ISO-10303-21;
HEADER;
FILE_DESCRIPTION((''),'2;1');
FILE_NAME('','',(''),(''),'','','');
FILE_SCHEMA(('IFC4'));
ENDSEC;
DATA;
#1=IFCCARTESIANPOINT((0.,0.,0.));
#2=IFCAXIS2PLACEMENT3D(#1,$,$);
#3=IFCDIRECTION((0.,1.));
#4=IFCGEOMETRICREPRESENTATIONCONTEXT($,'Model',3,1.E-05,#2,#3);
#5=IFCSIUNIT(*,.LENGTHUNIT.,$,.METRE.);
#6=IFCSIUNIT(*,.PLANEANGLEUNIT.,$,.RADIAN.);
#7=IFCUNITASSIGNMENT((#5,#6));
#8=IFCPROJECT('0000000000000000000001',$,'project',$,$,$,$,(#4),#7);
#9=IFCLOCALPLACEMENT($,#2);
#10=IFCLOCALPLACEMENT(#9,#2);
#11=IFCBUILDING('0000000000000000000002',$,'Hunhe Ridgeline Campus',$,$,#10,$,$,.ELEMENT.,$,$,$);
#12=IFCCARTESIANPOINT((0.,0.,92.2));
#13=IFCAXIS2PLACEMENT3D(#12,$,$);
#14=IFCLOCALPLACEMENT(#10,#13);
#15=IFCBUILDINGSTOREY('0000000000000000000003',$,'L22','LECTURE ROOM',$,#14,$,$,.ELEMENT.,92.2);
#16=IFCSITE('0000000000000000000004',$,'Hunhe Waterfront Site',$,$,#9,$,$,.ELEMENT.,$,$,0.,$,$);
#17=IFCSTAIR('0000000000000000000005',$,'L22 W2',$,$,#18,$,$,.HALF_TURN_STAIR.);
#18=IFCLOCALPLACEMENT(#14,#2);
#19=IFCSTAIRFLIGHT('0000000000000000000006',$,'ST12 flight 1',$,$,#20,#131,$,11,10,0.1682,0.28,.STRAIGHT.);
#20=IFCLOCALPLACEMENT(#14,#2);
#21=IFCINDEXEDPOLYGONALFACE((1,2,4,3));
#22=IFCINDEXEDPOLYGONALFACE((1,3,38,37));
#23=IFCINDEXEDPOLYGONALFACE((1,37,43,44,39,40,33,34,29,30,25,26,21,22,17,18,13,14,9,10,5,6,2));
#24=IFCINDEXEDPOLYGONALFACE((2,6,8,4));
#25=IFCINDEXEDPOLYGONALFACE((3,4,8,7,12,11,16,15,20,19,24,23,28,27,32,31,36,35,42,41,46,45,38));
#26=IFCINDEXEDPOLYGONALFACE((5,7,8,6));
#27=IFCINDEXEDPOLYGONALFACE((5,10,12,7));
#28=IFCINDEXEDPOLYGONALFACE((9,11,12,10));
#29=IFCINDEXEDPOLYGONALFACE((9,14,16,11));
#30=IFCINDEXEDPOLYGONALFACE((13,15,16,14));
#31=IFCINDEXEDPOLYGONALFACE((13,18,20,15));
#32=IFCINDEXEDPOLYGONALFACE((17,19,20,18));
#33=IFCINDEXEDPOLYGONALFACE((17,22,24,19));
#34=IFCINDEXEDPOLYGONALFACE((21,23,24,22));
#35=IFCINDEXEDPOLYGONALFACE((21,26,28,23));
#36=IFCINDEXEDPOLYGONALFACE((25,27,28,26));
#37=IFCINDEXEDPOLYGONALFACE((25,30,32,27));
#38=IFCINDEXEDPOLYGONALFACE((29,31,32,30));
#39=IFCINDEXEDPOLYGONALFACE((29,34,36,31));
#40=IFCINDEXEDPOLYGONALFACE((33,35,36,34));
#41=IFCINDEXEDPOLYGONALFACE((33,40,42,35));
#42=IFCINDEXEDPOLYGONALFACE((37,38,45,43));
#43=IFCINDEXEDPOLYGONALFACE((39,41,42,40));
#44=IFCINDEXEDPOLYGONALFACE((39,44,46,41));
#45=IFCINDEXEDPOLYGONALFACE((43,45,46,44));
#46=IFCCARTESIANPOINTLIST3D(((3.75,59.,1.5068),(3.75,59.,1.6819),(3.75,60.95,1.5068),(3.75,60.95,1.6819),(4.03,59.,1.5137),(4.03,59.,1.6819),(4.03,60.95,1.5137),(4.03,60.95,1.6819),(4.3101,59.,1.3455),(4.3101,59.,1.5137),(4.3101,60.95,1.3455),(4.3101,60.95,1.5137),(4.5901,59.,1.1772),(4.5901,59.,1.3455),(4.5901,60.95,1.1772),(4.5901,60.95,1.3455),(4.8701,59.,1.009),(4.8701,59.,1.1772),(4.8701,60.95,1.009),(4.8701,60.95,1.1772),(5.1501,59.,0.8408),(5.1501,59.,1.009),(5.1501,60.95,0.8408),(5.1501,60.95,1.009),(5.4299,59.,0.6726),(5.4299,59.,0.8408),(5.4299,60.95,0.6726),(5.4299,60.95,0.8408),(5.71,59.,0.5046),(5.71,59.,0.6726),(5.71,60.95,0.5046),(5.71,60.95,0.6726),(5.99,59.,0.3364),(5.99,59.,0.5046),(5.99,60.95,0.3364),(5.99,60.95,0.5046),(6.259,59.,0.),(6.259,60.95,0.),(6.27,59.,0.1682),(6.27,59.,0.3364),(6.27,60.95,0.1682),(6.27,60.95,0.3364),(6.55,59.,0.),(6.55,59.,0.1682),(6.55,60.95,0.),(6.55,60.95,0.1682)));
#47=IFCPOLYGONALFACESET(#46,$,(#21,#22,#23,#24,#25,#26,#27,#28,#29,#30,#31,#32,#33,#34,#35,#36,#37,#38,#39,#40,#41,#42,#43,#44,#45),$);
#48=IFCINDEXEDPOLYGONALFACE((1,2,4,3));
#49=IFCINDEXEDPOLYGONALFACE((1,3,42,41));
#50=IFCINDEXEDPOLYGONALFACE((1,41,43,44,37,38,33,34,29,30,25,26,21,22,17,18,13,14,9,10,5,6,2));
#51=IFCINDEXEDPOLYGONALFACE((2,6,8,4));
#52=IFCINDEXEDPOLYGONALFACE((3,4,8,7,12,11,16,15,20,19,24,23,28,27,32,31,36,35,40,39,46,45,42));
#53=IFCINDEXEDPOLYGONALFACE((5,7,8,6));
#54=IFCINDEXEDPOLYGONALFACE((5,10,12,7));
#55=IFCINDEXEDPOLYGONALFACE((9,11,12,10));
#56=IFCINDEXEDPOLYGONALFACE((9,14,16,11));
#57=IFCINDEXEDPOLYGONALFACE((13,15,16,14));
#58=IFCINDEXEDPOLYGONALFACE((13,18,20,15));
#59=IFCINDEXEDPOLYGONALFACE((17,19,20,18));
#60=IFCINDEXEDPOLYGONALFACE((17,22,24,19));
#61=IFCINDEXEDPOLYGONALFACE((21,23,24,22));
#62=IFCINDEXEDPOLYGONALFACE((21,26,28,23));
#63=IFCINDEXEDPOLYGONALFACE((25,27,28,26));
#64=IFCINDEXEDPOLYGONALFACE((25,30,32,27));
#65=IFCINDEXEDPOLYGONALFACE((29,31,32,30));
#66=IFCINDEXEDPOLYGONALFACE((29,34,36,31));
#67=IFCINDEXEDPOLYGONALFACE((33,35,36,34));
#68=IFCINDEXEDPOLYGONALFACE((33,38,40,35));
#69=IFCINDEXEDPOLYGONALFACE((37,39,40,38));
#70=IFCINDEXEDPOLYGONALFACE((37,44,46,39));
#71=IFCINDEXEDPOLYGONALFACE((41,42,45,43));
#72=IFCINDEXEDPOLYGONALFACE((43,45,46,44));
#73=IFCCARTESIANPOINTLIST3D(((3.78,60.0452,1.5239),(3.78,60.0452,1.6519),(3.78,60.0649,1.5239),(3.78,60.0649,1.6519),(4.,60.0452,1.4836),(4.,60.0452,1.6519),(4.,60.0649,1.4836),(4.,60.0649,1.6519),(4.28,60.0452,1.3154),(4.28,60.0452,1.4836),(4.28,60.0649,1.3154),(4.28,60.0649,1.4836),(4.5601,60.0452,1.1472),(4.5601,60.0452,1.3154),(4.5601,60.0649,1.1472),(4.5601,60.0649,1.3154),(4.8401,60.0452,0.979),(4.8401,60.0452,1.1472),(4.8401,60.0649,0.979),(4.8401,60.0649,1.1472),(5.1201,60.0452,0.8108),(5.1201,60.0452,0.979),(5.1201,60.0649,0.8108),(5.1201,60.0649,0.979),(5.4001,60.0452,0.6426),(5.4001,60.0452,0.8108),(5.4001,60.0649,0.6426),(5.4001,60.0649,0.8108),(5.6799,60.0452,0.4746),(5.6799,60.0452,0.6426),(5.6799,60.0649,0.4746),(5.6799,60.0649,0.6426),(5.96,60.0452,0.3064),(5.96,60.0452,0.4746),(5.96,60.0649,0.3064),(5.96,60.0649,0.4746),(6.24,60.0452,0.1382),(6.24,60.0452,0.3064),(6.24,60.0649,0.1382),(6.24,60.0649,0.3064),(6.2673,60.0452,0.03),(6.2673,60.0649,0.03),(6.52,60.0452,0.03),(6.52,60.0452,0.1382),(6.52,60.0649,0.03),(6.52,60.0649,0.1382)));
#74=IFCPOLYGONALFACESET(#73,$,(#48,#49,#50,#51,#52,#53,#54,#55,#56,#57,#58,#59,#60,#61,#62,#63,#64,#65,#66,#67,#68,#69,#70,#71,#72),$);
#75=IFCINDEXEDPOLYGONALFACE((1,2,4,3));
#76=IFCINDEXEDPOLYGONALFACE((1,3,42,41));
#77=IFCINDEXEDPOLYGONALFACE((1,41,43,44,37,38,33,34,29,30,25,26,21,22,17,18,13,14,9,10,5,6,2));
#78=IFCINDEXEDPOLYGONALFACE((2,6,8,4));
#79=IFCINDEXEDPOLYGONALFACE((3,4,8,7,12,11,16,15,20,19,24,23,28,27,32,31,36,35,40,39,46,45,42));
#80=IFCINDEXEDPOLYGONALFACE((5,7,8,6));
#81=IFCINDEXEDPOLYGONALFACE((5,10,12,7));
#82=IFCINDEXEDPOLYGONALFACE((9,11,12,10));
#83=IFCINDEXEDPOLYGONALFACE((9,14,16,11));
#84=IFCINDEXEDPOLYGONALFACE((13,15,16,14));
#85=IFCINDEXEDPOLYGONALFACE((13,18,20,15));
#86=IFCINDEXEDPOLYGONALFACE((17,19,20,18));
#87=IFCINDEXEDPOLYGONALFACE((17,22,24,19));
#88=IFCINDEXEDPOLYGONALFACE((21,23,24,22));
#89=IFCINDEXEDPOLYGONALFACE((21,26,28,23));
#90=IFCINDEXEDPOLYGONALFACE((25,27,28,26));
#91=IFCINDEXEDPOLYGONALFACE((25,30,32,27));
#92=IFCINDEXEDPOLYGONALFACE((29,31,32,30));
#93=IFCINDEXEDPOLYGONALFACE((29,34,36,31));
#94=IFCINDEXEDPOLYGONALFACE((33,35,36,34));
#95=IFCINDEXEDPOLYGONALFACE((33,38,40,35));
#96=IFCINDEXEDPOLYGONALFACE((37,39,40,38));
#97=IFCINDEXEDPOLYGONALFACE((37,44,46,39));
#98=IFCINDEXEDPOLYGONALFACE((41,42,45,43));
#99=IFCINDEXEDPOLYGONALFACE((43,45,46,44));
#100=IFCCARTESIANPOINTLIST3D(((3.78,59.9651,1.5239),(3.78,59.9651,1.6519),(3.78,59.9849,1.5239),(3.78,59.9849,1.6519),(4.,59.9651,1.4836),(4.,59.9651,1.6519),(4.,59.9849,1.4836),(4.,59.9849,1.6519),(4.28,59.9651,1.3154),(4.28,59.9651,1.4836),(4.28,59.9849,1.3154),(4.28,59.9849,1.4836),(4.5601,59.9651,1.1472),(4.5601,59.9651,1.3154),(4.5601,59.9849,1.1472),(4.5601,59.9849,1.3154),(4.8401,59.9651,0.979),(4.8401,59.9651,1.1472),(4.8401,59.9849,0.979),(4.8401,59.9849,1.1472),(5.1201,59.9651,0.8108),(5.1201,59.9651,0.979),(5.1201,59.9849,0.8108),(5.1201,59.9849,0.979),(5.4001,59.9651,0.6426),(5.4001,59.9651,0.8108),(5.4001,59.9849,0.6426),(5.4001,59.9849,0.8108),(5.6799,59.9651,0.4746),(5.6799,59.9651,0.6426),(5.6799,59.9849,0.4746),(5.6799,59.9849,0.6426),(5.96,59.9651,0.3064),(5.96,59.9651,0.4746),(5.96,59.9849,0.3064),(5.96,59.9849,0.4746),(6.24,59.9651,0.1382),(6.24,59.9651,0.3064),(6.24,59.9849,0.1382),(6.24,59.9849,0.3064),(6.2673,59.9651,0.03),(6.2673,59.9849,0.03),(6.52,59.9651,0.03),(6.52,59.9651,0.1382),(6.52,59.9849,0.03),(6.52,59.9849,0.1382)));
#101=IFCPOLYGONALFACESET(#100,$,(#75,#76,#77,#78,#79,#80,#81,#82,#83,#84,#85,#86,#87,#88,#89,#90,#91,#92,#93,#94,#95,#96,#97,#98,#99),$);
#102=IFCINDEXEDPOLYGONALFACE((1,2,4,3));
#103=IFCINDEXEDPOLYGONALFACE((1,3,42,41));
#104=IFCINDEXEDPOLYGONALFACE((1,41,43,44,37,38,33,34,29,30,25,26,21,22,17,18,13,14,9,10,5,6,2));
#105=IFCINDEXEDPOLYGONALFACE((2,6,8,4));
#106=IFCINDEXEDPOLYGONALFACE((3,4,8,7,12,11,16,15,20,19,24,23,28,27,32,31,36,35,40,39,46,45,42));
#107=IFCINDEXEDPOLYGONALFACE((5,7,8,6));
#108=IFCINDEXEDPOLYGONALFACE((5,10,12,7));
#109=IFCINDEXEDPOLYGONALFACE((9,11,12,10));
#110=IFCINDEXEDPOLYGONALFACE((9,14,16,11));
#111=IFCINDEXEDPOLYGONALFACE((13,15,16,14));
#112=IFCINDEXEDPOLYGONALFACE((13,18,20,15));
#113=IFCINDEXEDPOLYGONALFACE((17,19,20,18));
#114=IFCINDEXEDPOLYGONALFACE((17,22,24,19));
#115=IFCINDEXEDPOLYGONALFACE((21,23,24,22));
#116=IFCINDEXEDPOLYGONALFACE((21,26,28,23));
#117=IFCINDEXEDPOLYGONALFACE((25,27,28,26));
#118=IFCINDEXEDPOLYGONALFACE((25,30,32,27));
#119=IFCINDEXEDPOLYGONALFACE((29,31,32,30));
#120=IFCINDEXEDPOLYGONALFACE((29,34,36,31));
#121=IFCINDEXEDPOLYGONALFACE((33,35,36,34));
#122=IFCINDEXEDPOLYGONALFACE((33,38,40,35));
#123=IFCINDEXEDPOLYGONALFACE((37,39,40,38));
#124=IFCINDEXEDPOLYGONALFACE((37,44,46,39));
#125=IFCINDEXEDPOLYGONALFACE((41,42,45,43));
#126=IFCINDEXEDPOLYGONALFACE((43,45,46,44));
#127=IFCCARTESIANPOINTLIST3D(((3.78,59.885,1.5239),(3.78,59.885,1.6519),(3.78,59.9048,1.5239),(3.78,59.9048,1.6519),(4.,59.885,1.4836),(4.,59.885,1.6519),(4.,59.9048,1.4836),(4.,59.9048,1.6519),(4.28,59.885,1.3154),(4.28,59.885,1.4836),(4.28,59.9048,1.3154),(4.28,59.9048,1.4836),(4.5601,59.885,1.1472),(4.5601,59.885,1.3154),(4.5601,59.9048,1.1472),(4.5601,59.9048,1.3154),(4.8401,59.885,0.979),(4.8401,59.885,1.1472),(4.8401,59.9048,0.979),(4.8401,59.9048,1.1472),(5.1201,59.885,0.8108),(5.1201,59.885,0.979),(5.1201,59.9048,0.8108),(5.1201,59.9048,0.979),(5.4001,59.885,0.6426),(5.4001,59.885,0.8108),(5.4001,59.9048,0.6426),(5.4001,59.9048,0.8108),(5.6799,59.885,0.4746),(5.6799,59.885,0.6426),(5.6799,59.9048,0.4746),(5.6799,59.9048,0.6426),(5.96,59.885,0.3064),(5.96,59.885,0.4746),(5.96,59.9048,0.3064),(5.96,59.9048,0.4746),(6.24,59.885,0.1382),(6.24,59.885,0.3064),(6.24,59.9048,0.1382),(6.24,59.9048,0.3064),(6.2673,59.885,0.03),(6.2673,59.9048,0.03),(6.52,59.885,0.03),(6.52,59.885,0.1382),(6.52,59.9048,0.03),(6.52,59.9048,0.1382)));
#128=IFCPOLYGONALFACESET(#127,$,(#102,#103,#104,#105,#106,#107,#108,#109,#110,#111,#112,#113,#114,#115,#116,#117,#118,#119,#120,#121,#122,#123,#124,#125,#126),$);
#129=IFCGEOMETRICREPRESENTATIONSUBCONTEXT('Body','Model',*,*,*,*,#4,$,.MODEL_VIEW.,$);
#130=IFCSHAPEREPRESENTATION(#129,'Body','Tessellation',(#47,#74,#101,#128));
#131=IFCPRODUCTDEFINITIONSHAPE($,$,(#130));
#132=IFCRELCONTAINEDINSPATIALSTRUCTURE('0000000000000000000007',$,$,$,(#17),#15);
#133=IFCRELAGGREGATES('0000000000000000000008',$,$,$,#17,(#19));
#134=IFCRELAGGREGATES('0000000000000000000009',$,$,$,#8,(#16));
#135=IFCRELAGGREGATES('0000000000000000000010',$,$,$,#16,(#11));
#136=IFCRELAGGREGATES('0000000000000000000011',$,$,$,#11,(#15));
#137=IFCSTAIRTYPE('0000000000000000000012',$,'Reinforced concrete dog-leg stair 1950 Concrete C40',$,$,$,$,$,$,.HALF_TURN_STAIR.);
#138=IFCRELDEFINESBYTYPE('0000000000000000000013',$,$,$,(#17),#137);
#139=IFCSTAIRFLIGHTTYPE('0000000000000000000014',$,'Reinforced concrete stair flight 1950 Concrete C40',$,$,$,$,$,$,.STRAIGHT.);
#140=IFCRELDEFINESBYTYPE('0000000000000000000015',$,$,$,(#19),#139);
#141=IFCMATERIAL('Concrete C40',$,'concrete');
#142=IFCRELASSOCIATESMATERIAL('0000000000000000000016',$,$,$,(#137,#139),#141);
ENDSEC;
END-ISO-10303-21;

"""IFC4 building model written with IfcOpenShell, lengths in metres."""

from ifc_helpers import new_model, si_unit, direction, frame, origin, place, context, subcontext, project, spatial, polyline, outline, extrude, material, type_object, element, aggregate, save


model = new_model("IFC4")

# Units and contexts
model_context = context("Model", 3, precision=1e-05, world=origin(), true_north=direction((0.0, 1.0)))
body_context = subcontext(model_context, "Body", "Model", "MODEL_VIEW")
ifc_project = project(units=[si_unit("LENGTHUNIT", "METRE"), si_unit("PLANEANGLEUNIT", "RADIAN")], contexts=[model_context])

# Site, building, storey
site_placement = place(None, origin())
site = spatial("IfcSite", under=ifc_project, at=site_placement, Name="Hunhe Waterfront Site", CompositionType="ELEMENT", RefElevation=0.0)
building_placement = place(site_placement, origin())
building = spatial("IfcBuilding", under=site, at=building_placement, Name="Hunhe Ridgeline Campus", CompositionType="ELEMENT")
storey_placement = place(building_placement, frame((0.0, 0.0, 92.2)))
storey = spatial("IfcBuildingStorey", under=building, at=storey_placement, Name="L22", Description="LECTURE ROOM", CompositionType="ELEMENT", Elevation=92.2)

# Stair, stair flight
ifc_material_1 = material(Name="Concrete C40", Category="concrete")
stair_type = type_object("IfcStairType", Name="Reinforced concrete dog-leg stair 1950 Concrete C40", PredefinedType="HALF_TURN_STAIR", material=ifc_material_1)
stair_flight_type = type_object("IfcStairFlightType", Name="Reinforced concrete stair flight 1950 Concrete C40", PredefinedType="STRAIGHT", material=ifc_material_1)
stair_1_placement = place(storey_placement, origin())
stair_1 = element("IfcStair", 1, at=stair_1_placement, inside=storey, type_object=stair_type, Name="L22 W2", PredefinedType="HALF_TURN_STAIR")
stair_flight_1_placement = place(storey_placement, frame((6.55, 59.9751, 0.0), z_axis=(0.0, 0.0, 1.0), x_axis=(-1.0, 0.0, 0.0)))
stair_flight_1 = element("IfcStairFlight", 2, at=stair_flight_1_placement, type_object=stair_flight_type, Name="ST12 flight 1", NumberOfRisers=11, NumberOfTreads=10, PredefinedType="STRAIGHT", RiserHeight=0.1682, TreadLength=0.28, context=body_context, shape_type="SweptSolid", body=[
    extrude(outline(polyline([(0.0, 0.0), (0.0, 0.1682), (0.28, 0.1682), (0.28, 0.3364), (0.5601, 0.3364), (0.5601, 0.5046), (0.8401, 0.5046), (0.8401, 0.6726), (1.1201, 0.6726), (1.1201, 0.8408), (1.3999, 0.8408), (1.3999, 1.009), (1.6799, 1.009), (1.6799, 1.1772), (1.96, 1.1772), (1.96, 1.3455), (2.24, 1.3455), (2.24, 1.5137), (2.52, 1.5137), (2.52, 1.6819), (2.8, 1.6819), (2.8, 1.8501), (2.8, 1.5068), (0.291, 0.0), (0.0, 0.0)])), frame((0.0, 0.9751, 0.0), z_axis=(0.0, -1.0, 0.0), x_axis=(1.0, 0.0, 0.0)), (0.0, 0.0, 1.0), 1.95),
    extrude(outline(polyline([(0.03, 0.03), (0.03, 0.1382), (0.3101, 0.1382), (0.3101, 0.3064), (0.5901, 0.3064), (0.5901, 0.4746), (0.8701, 0.4746), (0.8701, 0.6426), (1.1499, 0.6426), (1.1499, 0.8108), (1.4299, 0.8108), (1.4299, 0.979), (1.71, 0.979), (1.71, 1.1472), (1.99, 1.1472), (1.99, 1.3154), (2.27, 1.3154), (2.27, 1.4836), (2.55, 1.4836), (2.55, 1.6519), (2.77, 1.6519), (2.77, 1.5239), (0.2827, 0.03), (0.03, 0.03)])), frame((0.0, -0.0701, 0.0), z_axis=(0.0, -1.0, 0.0), x_axis=(1.0, 0.0, 0.0)), (0.0, 0.0, 1.0), 0.0198),
    extrude(outline(polyline([(0.03, 0.03), (0.03, 0.1382), (0.3101, 0.1382), (0.3101, 0.3064), (0.5901, 0.3064), (0.5901, 0.4746), (0.8701, 0.4746), (0.8701, 0.6426), (1.1499, 0.6426), (1.1499, 0.8108), (1.4299, 0.8108), (1.4299, 0.979), (1.71, 0.979), (1.71, 1.1472), (1.99, 1.1472), (1.99, 1.3154), (2.27, 1.3154), (2.27, 1.4836), (2.55, 1.4836), (2.55, 1.6519), (2.77, 1.6519), (2.77, 1.5239), (0.2827, 0.03), (0.03, 0.03)])), frame((0.0, 0.01, 0.0), z_axis=(0.0, -1.0, 0.0), x_axis=(1.0, 0.0, 0.0)), (0.0, 0.0, 1.0), 0.0198),
    extrude(outline(polyline([(0.03, 0.03), (0.03, 0.1382), (0.3101, 0.1382), (0.3101, 0.3064), (0.5901, 0.3064), (0.5901, 0.4746), (0.8701, 0.4746), (0.8701, 0.6426), (1.1499, 0.6426), (1.1499, 0.8108), (1.4299, 0.8108), (1.4299, 0.979), (1.71, 0.979), (1.71, 1.1472), (1.99, 1.1472), (1.99, 1.3154), (2.27, 1.3154), (2.27, 1.4836), (2.55, 1.4836), (2.55, 1.6519), (2.77, 1.6519), (2.77, 1.5239), (0.2827, 0.03), (0.03, 0.03)])), frame((0.0, 0.0901, 0.0), z_axis=(0.0, -1.0, 0.0), x_axis=(1.0, 0.0, 0.0)), (0.0, 0.0, 1.0), 0.0198),
])
aggregate(stair_1, [stair_flight_1])

save(model, "model.ifc")
